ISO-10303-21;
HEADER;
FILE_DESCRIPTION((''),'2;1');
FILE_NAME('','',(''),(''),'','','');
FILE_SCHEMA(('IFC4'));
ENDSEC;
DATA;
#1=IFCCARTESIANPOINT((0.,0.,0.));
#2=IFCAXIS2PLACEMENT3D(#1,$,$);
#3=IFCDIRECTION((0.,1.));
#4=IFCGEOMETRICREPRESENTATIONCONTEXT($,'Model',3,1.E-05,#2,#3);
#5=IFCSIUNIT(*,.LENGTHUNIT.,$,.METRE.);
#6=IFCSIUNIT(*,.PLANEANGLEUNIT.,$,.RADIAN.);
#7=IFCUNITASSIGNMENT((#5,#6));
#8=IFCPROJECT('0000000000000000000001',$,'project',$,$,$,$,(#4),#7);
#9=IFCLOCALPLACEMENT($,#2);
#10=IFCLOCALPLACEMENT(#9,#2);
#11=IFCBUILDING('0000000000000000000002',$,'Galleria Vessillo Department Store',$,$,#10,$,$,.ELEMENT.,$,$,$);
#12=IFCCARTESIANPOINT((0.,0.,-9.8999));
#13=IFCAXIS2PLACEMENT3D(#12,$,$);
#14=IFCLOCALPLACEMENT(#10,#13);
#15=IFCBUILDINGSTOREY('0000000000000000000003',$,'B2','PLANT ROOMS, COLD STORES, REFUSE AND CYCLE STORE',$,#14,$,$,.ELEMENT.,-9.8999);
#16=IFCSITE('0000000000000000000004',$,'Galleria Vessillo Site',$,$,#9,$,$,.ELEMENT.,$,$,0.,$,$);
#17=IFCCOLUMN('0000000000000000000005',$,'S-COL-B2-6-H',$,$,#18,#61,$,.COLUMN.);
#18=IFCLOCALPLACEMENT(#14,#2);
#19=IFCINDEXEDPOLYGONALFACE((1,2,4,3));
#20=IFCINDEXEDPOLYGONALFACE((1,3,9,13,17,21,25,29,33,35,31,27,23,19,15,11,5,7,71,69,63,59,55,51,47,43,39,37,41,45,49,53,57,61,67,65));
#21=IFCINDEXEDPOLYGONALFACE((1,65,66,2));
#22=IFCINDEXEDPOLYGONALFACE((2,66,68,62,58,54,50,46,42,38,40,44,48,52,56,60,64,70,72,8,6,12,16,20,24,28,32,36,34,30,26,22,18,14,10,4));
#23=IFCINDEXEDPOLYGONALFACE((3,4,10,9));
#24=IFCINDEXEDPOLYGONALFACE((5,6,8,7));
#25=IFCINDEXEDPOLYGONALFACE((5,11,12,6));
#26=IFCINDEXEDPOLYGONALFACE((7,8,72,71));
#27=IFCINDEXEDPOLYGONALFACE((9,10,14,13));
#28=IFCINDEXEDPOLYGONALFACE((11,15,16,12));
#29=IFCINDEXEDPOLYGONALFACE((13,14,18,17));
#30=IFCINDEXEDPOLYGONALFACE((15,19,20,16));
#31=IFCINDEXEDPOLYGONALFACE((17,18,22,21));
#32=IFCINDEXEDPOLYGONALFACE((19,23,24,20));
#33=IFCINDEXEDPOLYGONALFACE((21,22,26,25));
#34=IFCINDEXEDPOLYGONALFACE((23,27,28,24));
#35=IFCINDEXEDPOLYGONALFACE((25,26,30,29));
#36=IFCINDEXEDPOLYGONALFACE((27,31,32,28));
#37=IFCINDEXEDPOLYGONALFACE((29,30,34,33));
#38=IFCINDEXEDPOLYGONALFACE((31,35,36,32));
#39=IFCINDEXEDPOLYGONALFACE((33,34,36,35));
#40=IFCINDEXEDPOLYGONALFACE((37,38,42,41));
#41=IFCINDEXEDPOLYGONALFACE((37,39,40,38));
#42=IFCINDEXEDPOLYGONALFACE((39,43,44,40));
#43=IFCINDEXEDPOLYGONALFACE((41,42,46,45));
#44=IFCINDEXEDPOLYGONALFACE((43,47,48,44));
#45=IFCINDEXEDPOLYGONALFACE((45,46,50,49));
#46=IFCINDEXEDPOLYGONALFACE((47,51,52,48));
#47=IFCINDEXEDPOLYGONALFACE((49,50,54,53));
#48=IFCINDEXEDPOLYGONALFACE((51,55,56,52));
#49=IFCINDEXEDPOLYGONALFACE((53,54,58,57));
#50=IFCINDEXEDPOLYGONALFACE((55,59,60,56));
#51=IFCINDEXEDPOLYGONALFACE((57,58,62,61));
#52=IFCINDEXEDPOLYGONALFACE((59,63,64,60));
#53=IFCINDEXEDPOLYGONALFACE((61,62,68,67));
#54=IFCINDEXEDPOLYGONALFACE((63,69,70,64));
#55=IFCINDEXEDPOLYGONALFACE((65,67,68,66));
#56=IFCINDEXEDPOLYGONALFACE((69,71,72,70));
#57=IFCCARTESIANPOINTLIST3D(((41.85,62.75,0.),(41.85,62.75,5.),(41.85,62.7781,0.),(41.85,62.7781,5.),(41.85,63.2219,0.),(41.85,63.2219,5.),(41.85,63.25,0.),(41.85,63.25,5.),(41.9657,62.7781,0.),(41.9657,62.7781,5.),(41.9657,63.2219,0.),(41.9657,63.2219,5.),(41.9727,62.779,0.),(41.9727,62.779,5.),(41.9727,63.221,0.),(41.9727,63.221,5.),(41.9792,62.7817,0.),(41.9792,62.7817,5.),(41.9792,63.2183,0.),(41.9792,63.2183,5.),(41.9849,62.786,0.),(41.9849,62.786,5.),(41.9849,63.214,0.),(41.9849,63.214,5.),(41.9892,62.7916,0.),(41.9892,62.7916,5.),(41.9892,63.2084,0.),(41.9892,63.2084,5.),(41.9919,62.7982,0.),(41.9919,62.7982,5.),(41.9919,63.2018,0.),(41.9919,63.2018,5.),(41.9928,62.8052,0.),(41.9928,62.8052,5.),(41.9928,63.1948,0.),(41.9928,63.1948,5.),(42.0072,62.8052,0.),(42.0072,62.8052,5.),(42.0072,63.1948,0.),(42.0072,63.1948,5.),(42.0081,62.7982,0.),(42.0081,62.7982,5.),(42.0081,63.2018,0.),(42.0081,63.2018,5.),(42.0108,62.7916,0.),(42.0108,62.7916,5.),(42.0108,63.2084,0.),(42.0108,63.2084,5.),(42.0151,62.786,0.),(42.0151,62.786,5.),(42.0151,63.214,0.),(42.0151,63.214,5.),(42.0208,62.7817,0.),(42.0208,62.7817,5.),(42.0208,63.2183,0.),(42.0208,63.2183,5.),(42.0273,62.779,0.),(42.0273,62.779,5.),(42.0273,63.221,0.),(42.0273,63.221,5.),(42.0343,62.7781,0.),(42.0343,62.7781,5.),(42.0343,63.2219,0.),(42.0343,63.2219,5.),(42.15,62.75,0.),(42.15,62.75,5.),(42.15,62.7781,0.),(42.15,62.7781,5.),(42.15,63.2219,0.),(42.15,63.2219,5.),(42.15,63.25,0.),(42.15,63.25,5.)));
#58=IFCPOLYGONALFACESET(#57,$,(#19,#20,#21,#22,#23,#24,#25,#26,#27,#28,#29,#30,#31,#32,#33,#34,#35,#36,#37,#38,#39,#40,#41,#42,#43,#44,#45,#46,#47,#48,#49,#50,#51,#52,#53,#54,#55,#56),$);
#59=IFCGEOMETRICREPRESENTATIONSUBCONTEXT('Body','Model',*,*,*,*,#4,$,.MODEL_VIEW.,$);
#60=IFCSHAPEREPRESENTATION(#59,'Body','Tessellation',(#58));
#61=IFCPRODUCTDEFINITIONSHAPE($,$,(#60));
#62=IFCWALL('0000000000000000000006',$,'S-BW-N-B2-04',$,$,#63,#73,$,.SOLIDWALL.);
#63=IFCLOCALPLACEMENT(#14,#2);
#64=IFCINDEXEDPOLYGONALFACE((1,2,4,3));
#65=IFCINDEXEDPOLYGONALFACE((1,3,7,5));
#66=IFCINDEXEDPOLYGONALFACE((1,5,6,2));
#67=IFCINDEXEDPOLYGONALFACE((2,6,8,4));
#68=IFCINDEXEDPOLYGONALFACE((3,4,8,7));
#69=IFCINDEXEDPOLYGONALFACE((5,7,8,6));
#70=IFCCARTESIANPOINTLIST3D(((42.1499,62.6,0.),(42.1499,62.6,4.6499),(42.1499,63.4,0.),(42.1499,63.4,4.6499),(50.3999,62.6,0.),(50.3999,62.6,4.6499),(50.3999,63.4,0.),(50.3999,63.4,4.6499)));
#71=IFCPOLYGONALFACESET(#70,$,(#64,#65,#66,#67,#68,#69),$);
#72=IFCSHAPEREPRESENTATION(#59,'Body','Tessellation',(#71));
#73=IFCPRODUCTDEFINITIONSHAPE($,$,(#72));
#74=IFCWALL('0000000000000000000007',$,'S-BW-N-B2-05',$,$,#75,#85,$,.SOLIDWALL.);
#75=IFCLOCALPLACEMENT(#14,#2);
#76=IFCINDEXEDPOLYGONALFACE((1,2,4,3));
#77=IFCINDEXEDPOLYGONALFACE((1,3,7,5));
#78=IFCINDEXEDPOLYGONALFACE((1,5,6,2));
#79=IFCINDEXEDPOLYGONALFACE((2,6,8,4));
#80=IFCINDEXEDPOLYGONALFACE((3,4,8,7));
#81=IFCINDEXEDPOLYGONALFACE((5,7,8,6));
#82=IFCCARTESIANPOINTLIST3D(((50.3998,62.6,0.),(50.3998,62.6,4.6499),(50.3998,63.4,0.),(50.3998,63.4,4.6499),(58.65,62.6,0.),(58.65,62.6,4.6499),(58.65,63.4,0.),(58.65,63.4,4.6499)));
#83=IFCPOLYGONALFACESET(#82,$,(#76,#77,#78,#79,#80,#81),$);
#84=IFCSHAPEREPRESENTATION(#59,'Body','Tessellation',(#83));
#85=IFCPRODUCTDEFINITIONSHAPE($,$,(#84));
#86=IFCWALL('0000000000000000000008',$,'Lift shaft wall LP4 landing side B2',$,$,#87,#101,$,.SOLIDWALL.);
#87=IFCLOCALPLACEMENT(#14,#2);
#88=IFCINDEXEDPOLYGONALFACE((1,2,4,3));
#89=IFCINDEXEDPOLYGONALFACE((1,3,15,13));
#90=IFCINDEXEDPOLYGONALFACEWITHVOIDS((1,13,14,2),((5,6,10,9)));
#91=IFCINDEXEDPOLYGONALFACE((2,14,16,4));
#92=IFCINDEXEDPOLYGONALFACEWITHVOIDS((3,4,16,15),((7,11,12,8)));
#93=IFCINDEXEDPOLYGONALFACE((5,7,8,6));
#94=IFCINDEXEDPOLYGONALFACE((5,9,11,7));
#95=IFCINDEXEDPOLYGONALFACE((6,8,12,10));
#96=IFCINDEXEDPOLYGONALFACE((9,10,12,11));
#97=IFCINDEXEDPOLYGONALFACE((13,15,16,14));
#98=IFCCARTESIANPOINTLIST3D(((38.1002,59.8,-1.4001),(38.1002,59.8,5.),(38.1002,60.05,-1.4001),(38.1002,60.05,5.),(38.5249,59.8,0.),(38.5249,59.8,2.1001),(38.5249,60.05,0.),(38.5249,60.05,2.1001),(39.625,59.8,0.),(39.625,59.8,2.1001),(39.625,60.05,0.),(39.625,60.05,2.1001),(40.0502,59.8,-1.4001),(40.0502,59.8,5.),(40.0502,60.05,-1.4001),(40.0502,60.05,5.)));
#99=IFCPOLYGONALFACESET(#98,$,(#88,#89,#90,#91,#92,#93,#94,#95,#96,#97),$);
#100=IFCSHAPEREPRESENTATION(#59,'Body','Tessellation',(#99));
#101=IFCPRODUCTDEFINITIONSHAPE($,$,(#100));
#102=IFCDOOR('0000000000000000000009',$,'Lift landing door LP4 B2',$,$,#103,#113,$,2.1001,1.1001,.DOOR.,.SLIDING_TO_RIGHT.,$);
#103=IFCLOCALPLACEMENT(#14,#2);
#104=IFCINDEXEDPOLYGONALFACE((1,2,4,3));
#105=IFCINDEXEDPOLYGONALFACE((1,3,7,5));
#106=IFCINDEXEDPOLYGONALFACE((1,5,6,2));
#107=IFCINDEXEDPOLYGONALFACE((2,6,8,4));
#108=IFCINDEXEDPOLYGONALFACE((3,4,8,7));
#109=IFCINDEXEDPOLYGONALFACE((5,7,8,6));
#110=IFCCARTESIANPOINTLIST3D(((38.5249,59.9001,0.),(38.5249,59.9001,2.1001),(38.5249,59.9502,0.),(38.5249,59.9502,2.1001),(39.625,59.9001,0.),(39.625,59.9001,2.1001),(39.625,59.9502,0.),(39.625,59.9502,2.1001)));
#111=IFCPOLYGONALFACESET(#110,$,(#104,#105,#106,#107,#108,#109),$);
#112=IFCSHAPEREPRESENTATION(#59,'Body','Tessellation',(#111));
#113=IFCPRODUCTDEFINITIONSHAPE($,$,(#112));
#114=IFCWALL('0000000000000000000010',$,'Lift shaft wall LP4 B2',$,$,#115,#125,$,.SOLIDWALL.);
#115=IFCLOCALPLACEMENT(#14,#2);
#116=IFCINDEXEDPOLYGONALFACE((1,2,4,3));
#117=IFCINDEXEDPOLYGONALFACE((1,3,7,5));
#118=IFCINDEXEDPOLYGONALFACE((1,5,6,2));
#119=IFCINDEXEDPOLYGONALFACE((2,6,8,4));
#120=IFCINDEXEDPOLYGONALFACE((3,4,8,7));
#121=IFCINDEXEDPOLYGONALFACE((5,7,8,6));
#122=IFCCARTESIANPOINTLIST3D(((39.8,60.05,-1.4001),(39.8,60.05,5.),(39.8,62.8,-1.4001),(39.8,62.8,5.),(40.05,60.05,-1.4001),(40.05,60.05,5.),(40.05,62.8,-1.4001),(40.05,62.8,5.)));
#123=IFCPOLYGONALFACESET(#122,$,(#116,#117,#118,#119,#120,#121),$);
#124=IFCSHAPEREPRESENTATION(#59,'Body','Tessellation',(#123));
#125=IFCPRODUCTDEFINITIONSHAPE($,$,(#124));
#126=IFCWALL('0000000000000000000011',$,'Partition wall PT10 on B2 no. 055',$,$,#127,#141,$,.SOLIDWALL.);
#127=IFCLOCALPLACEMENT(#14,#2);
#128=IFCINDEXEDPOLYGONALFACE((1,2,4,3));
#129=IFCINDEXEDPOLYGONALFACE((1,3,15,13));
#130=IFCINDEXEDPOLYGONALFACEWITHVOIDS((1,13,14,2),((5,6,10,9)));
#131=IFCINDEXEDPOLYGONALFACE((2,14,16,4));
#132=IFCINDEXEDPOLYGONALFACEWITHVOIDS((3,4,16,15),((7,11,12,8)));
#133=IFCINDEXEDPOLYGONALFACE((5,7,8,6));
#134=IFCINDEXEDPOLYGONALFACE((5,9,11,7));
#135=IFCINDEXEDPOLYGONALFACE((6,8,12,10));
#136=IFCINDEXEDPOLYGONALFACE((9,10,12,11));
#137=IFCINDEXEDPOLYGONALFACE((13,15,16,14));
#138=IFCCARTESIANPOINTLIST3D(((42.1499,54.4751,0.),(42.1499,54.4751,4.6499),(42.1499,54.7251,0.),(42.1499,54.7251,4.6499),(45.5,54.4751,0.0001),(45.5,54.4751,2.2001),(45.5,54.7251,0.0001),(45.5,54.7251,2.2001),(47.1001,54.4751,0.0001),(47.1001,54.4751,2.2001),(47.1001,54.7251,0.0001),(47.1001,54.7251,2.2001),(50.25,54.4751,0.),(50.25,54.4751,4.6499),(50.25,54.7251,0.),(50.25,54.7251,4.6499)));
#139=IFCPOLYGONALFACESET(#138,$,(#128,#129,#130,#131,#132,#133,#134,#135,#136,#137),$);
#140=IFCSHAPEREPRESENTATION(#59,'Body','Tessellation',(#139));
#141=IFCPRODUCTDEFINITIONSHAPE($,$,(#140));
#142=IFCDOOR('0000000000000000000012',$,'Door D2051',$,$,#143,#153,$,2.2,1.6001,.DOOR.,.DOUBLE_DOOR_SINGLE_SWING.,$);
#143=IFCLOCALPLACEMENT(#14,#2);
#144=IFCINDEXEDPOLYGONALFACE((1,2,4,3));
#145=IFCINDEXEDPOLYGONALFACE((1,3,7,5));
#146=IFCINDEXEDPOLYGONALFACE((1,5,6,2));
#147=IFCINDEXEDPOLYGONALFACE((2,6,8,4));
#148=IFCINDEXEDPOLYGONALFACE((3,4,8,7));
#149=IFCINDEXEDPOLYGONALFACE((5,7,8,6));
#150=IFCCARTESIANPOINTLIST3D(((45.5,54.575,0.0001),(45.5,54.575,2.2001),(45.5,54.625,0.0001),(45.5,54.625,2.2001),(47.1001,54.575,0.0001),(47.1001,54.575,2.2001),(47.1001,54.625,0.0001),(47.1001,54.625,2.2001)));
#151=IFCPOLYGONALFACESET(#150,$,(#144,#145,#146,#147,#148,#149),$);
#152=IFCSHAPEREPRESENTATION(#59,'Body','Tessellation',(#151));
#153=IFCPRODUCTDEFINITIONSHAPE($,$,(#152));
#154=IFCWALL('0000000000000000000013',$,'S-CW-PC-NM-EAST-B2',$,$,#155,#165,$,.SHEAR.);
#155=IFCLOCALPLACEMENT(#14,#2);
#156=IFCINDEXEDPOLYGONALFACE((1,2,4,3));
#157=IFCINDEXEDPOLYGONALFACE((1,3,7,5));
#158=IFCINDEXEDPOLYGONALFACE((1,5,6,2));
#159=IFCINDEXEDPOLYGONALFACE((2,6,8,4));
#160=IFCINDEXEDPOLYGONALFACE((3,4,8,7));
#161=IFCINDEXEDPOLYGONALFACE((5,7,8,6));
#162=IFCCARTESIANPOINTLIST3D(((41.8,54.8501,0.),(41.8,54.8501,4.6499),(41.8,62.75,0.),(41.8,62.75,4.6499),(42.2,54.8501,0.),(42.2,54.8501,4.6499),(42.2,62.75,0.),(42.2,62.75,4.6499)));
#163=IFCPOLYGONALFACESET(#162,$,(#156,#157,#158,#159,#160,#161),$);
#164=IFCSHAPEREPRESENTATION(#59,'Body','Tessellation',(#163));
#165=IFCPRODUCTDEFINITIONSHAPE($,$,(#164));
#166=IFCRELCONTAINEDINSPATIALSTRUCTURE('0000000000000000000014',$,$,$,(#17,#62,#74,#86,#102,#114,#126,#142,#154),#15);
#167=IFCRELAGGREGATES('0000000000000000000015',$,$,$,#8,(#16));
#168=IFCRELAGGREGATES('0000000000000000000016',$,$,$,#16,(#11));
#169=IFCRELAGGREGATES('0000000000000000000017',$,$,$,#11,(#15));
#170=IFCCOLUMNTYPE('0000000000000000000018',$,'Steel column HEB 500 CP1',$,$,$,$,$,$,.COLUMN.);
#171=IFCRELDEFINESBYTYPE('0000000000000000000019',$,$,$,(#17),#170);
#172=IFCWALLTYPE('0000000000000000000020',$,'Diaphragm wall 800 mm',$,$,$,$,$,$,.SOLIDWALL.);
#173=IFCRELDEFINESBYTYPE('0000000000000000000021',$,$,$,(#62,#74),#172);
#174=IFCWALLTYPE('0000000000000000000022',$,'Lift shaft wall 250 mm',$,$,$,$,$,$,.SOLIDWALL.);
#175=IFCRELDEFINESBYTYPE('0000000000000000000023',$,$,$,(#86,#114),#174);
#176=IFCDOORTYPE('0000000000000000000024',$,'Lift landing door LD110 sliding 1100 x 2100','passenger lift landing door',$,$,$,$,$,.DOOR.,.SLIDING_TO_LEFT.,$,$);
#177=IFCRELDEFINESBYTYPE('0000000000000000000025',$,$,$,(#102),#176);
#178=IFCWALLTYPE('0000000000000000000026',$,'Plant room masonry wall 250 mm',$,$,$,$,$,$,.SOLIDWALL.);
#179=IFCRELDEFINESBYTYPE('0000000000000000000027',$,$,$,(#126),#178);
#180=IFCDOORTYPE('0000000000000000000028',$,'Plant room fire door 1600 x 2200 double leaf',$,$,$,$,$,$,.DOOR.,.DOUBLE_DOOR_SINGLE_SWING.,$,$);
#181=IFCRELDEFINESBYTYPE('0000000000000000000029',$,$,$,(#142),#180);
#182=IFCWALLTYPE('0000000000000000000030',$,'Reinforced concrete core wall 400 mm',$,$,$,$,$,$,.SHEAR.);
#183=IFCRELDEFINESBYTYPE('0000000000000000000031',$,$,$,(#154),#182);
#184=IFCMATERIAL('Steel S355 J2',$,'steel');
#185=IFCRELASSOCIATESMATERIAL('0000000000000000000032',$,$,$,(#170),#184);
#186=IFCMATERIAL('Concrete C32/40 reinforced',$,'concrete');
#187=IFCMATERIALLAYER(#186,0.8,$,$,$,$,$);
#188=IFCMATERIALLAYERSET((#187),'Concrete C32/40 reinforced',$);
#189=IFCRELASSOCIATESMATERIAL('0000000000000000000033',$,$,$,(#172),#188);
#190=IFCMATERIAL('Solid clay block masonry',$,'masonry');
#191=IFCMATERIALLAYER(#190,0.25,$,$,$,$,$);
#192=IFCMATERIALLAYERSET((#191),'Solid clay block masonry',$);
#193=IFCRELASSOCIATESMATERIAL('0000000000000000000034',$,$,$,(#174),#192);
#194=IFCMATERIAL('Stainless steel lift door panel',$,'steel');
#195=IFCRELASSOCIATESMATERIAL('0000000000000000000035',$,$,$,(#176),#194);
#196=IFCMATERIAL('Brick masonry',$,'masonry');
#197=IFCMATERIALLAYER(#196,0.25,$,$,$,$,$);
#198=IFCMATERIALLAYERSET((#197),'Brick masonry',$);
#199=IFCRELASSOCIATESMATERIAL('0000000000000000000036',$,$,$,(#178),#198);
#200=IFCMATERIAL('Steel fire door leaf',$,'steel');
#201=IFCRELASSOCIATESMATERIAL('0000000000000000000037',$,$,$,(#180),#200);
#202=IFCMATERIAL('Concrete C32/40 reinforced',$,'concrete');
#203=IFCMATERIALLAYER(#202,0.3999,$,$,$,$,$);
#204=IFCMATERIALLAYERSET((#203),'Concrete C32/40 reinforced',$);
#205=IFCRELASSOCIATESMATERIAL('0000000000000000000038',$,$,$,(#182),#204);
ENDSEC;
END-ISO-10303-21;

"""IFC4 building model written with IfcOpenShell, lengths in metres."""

from ifc_helpers import new_model, si_unit, direction, frame, frame_2d, origin, origin_2d, place, context, subcontext, project, spatial, rectangle, i_section, extrude, material, layer, layer_set, material_profile, profile_set, type_object, element, fill, save


model = new_model("IFC4")

# Units and contexts
model_context = context("Model", 3, precision=1e-05, world=origin(), true_north=direction((0.0, 1.0)))
body_context = subcontext(model_context, "Body", "Model", "MODEL_VIEW")
ifc_project = project(units=[si_unit("LENGTHUNIT", "METRE"), si_unit("PLANEANGLEUNIT", "RADIAN")], contexts=[model_context])

# Site, building, storey
site_placement = place(None, origin())
site = spatial("IfcSite", under=ifc_project, at=site_placement, Name="Galleria Vessillo Site", CompositionType="ELEMENT", RefElevation=0.0)
building_placement = place(site_placement, origin())
building = spatial("IfcBuilding", under=site, at=building_placement, Name="Galleria Vessillo Department Store", CompositionType="ELEMENT")
storey_placement = place(building_placement, frame((0.0, 0.0, -9.8999)))
storey = spatial("IfcBuildingStorey", under=building, at=storey_placement, Name="B2", Description="PLANT ROOMS, COLD STORES, REFUSE AND CYCLE STORE", CompositionType="ELEMENT", Elevation=-9.8999)

# Column
ifc_material_1 = material(Name="Steel S355 J2", Category="steel")
ifc_material_profile_1 = material_profile(ifc_material_1, i_section(OverallWidth=0.3, OverallDepth=0.5, WebThickness=0.0144, FlangeThickness=0.0281, FilletRadius=0.0271, at=origin_2d()), Name="HEB 500")
ifc_profile_set_1 = profile_set([ifc_material_profile_1], Name="Steel S355 J2")
column_type = type_object("IfcColumnType", Name="Steel column HEB 500 CP1", PredefinedType="COLUMN", material=ifc_profile_set_1)
for number, where, z_axis, x_axis, name in (
    (1, (42.0, 63.0, 0.0), (0.0, 0.0, 1.0), (1.0, 0.0, 0.0), "S-COL-B2-6-H"),
):
    element("IfcColumn", number, at=place(storey_placement, frame(where, z_axis=z_axis, x_axis=x_axis)), inside=storey, type_object=column_type, Name=name, PredefinedType="COLUMN", context=body_context, shape_type="SweptSolid", body=[
        extrude(i_section(OverallWidth=0.3, OverallDepth=0.5, WebThickness=0.0144, FlangeThickness=0.0281, FilletRadius=0.0271, at=origin_2d()), origin(), (0.0, 0.0, 1.0), 5.0),
    ])

# Walls
ifc_material_2 = material(Name="Concrete C32/40 reinforced", Category="concrete")
ifc_layer_1 = layer(ifc_material_2, 0.8)
ifc_layer_set_1 = layer_set([ifc_layer_1], Name="Concrete C32/40 reinforced")
wall_type_1 = type_object("IfcWallType", Name="Diaphragm wall 800 mm", PredefinedType="SOLIDWALL", material=ifc_layer_set_1)
wall_1_placement = place(storey_placement, frame((42.1499, 63.0, 0.0), z_axis=(0.0, 0.0, 1.0), x_axis=(1.0, 0.0, 0.0)))
element("IfcWall", 2, at=wall_1_placement, inside=storey, type_object=wall_type_1, Name="S-BW-N-B2-04", PredefinedType="SOLIDWALL", context=body_context, shape_type="SweptSolid", body=[
    extrude(rectangle(XDim=8.25, YDim=0.8, at=frame_2d((4.125, 0.0))), origin(), (0.0, 0.0, 1.0), 4.6499),
])
wall_2_placement = place(storey_placement, frame((50.3999, 63.0, 0.0), z_axis=(0.0, 0.0, 1.0), x_axis=(1.0, 0.0, 0.0)))
element("IfcWall", 3, at=wall_2_placement, inside=storey, type_object=wall_type_1, Name="S-BW-N-B2-05", PredefinedType="SOLIDWALL", context=body_context, shape_type="SweptSolid", body=[
    extrude(rectangle(XDim=8.2502, YDim=0.8, at=frame_2d((4.125, 0.0))), origin(), (0.0, 0.0, 1.0), 4.6499),
])

# Wall, opening, door
ifc_material_3 = material(Name="Solid clay block masonry", Category="masonry")
ifc_layer_2 = layer(ifc_material_3, 0.25)
ifc_layer_set_2 = layer_set([ifc_layer_2], Name="Solid clay block masonry")
wall_type_2 = type_object("IfcWallType", Name="Lift shaft wall 250 mm", PredefinedType="SOLIDWALL", material=ifc_layer_set_2)
wall_3_placement = place(storey_placement, frame((38.1001, 59.925, -1.4001), z_axis=(0.0, 0.0, 1.0), x_axis=(1.0, 0.0, 0.0)))
wall_3 = element("IfcWall", 4, at=wall_3_placement, inside=storey, type_object=wall_type_2, Name="Lift shaft wall LP4 landing side B2", PredefinedType="SOLIDWALL", context=body_context, shape_type="SweptSolid", body=[
    extrude(rectangle(XDim=1.95, YDim=0.25, at=frame_2d((0.9751, 0.0))), origin(), (0.0, 0.0, 1.0), 6.4001),
])
opening_1_placement = place(wall_3_placement, frame((0.4248, 0.0, 1.4001)))
opening_1 = element("IfcOpeningElement", 5, at=opening_1_placement, cuts=wall_3, PredefinedType="OPENING", context=body_context, shape_type="SweptSolid", body=[
    extrude(rectangle(XDim=1.1001, YDim=2.1001, at=frame_2d((0.55, 1.05))), frame((0.0, 0.135, 0.0), z_axis=(0.0, -1.0, 0.0), x_axis=(1.0, 0.0, 0.0)), (0.0, 0.0, 1.0), 0.27),
])
ifc_material_4 = material(Name="Stainless steel lift door panel", Category="steel")
door_type_1 = type_object("IfcDoorType", Name="Lift landing door LD110 sliding 1100 x 2100", Description="passenger lift landing door", OperationType="SLIDING_TO_LEFT", PredefinedType="DOOR", material=ifc_material_4)
door_1_placement = place(opening_1_placement, frame((1.1001, 0.0, 0.0), z_axis=(0.0, 0.0, 1.0), x_axis=(-1.0, 0.0, 0.0)))
door_1 = element("IfcDoor", 6, at=door_1_placement, inside=storey, type_object=door_type_1, Name="Lift landing door LP4 B2", OperationType="SLIDING_TO_RIGHT", OverallHeight=2.1001, OverallWidth=1.1001, PredefinedType="DOOR", context=body_context, shape_type="SweptSolid", body=[
    extrude(rectangle(XDim=1.1001, YDim=2.1001, at=frame_2d((0.55, 1.05))), frame((0.0, 0.0249, 0.0), z_axis=(0.0, -1.0, 0.0), x_axis=(1.0, 0.0, 0.0)), (0.0, 0.0, 1.0), 0.05),
])
fill(opening_1, door_1)

# Wall
wall_4_placement = place(storey_placement, frame((39.925, 62.8, -1.4001), z_axis=(0.0, 0.0, 1.0), x_axis=(0.0, -1.0, 0.0)))
element("IfcWall", 7, at=wall_4_placement, inside=storey, type_object=wall_type_2, Name="Lift shaft wall LP4 B2", PredefinedType="SOLIDWALL", context=body_context, shape_type="SweptSolid", body=[
    extrude(rectangle(XDim=2.75, YDim=0.25, at=frame_2d((1.375, 0.0))), origin(), (0.0, 0.0, 1.0), 6.4001),
])

# Wall, opening, door
ifc_material_5 = material(Name="Brick masonry", Category="masonry")
ifc_layer_3 = layer(ifc_material_5, 0.25)
ifc_layer_set_3 = layer_set([ifc_layer_3], Name="Brick masonry")
wall_type_3 = type_object("IfcWallType", Name="Plant room masonry wall 250 mm", PredefinedType="SOLIDWALL", material=ifc_layer_set_3)
wall_5_placement = place(storey_placement, frame((42.1499, 54.6001, 0.0), z_axis=(0.0, 0.0, 1.0), x_axis=(1.0, 0.0, 0.0)))
wall_5 = element("IfcWall", 8, at=wall_5_placement, inside=storey, type_object=wall_type_3, Name="Partition wall PT10 on B2 no. 055", PredefinedType="SOLIDWALL", context=body_context, shape_type="SweptSolid", body=[
    extrude(rectangle(XDim=8.1001, YDim=0.25, at=frame_2d((4.05, 0.0))), origin(), (0.0, 0.0, 1.0), 4.6499),
])
opening_2_placement = place(wall_5_placement, frame((3.3501, 0.0, 0.0)))
opening_2 = element("IfcOpeningElement", 9, at=opening_2_placement, cuts=wall_5, PredefinedType="OPENING", context=body_context, shape_type="SweptSolid", body=[
    extrude(rectangle(XDim=1.6001, YDim=2.2, at=frame_2d((0.8, 1.1001))), frame((0.0, 0.135, 0.0), z_axis=(0.0, -1.0, 0.0), x_axis=(1.0, 0.0, 0.0)), (0.0, 0.0, 1.0), 0.27),
])
ifc_material_6 = material(Name="Steel fire door leaf", Category="steel")
door_type_2 = type_object("IfcDoorType", Name="Plant room fire door 1600 x 2200 double leaf", OperationType="DOUBLE_DOOR_SINGLE_SWING", PredefinedType="DOOR", material=ifc_material_6)
door_2_placement = place(opening_2_placement, origin())
door_2 = element("IfcDoor", 10, at=door_2_placement, inside=storey, type_object=door_type_2, Name="Door D2051", OperationType="DOUBLE_DOOR_SINGLE_SWING", OverallHeight=2.2, OverallWidth=1.6001, PredefinedType="DOOR", context=body_context, shape_type="SweptSolid", body=[
    extrude(rectangle(XDim=1.6001, YDim=2.2, at=frame_2d((0.8, 1.1001))), frame((0.0, 0.0249, 0.0), z_axis=(0.0, -1.0, 0.0), x_axis=(1.0, 0.0, 0.0)), (0.0, 0.0, 1.0), 0.05),
])
fill(opening_2, door_2)

# Wall
ifc_material_7 = material(Name="Concrete C32/40 reinforced", Category="concrete")
ifc_layer_4 = layer(ifc_material_7, 0.3999)
ifc_layer_set_4 = layer_set([ifc_layer_4], Name="Concrete C32/40 reinforced")
wall_type_4 = type_object("IfcWallType", Name="Reinforced concrete core wall 400 mm", PredefinedType="SHEAR", material=ifc_layer_set_4)
wall_6_placement = place(storey_placement, frame((42.0, 54.8501, 0.0), z_axis=(0.0, 0.0, 1.0), x_axis=(0.0, 1.0, 0.0)))
element("IfcWall", 11, at=wall_6_placement, inside=storey, type_object=wall_type_4, Name="S-CW-PC-NM-EAST-B2", PredefinedType="SHEAR", context=body_context, shape_type="SweptSolid", body=[
    extrude(rectangle(XDim=7.8999, YDim=0.3999, at=frame_2d((3.95, 0.0))), origin(), (0.0, 0.0, 1.0), 4.6499),
])

save(model, "model.ifc")
